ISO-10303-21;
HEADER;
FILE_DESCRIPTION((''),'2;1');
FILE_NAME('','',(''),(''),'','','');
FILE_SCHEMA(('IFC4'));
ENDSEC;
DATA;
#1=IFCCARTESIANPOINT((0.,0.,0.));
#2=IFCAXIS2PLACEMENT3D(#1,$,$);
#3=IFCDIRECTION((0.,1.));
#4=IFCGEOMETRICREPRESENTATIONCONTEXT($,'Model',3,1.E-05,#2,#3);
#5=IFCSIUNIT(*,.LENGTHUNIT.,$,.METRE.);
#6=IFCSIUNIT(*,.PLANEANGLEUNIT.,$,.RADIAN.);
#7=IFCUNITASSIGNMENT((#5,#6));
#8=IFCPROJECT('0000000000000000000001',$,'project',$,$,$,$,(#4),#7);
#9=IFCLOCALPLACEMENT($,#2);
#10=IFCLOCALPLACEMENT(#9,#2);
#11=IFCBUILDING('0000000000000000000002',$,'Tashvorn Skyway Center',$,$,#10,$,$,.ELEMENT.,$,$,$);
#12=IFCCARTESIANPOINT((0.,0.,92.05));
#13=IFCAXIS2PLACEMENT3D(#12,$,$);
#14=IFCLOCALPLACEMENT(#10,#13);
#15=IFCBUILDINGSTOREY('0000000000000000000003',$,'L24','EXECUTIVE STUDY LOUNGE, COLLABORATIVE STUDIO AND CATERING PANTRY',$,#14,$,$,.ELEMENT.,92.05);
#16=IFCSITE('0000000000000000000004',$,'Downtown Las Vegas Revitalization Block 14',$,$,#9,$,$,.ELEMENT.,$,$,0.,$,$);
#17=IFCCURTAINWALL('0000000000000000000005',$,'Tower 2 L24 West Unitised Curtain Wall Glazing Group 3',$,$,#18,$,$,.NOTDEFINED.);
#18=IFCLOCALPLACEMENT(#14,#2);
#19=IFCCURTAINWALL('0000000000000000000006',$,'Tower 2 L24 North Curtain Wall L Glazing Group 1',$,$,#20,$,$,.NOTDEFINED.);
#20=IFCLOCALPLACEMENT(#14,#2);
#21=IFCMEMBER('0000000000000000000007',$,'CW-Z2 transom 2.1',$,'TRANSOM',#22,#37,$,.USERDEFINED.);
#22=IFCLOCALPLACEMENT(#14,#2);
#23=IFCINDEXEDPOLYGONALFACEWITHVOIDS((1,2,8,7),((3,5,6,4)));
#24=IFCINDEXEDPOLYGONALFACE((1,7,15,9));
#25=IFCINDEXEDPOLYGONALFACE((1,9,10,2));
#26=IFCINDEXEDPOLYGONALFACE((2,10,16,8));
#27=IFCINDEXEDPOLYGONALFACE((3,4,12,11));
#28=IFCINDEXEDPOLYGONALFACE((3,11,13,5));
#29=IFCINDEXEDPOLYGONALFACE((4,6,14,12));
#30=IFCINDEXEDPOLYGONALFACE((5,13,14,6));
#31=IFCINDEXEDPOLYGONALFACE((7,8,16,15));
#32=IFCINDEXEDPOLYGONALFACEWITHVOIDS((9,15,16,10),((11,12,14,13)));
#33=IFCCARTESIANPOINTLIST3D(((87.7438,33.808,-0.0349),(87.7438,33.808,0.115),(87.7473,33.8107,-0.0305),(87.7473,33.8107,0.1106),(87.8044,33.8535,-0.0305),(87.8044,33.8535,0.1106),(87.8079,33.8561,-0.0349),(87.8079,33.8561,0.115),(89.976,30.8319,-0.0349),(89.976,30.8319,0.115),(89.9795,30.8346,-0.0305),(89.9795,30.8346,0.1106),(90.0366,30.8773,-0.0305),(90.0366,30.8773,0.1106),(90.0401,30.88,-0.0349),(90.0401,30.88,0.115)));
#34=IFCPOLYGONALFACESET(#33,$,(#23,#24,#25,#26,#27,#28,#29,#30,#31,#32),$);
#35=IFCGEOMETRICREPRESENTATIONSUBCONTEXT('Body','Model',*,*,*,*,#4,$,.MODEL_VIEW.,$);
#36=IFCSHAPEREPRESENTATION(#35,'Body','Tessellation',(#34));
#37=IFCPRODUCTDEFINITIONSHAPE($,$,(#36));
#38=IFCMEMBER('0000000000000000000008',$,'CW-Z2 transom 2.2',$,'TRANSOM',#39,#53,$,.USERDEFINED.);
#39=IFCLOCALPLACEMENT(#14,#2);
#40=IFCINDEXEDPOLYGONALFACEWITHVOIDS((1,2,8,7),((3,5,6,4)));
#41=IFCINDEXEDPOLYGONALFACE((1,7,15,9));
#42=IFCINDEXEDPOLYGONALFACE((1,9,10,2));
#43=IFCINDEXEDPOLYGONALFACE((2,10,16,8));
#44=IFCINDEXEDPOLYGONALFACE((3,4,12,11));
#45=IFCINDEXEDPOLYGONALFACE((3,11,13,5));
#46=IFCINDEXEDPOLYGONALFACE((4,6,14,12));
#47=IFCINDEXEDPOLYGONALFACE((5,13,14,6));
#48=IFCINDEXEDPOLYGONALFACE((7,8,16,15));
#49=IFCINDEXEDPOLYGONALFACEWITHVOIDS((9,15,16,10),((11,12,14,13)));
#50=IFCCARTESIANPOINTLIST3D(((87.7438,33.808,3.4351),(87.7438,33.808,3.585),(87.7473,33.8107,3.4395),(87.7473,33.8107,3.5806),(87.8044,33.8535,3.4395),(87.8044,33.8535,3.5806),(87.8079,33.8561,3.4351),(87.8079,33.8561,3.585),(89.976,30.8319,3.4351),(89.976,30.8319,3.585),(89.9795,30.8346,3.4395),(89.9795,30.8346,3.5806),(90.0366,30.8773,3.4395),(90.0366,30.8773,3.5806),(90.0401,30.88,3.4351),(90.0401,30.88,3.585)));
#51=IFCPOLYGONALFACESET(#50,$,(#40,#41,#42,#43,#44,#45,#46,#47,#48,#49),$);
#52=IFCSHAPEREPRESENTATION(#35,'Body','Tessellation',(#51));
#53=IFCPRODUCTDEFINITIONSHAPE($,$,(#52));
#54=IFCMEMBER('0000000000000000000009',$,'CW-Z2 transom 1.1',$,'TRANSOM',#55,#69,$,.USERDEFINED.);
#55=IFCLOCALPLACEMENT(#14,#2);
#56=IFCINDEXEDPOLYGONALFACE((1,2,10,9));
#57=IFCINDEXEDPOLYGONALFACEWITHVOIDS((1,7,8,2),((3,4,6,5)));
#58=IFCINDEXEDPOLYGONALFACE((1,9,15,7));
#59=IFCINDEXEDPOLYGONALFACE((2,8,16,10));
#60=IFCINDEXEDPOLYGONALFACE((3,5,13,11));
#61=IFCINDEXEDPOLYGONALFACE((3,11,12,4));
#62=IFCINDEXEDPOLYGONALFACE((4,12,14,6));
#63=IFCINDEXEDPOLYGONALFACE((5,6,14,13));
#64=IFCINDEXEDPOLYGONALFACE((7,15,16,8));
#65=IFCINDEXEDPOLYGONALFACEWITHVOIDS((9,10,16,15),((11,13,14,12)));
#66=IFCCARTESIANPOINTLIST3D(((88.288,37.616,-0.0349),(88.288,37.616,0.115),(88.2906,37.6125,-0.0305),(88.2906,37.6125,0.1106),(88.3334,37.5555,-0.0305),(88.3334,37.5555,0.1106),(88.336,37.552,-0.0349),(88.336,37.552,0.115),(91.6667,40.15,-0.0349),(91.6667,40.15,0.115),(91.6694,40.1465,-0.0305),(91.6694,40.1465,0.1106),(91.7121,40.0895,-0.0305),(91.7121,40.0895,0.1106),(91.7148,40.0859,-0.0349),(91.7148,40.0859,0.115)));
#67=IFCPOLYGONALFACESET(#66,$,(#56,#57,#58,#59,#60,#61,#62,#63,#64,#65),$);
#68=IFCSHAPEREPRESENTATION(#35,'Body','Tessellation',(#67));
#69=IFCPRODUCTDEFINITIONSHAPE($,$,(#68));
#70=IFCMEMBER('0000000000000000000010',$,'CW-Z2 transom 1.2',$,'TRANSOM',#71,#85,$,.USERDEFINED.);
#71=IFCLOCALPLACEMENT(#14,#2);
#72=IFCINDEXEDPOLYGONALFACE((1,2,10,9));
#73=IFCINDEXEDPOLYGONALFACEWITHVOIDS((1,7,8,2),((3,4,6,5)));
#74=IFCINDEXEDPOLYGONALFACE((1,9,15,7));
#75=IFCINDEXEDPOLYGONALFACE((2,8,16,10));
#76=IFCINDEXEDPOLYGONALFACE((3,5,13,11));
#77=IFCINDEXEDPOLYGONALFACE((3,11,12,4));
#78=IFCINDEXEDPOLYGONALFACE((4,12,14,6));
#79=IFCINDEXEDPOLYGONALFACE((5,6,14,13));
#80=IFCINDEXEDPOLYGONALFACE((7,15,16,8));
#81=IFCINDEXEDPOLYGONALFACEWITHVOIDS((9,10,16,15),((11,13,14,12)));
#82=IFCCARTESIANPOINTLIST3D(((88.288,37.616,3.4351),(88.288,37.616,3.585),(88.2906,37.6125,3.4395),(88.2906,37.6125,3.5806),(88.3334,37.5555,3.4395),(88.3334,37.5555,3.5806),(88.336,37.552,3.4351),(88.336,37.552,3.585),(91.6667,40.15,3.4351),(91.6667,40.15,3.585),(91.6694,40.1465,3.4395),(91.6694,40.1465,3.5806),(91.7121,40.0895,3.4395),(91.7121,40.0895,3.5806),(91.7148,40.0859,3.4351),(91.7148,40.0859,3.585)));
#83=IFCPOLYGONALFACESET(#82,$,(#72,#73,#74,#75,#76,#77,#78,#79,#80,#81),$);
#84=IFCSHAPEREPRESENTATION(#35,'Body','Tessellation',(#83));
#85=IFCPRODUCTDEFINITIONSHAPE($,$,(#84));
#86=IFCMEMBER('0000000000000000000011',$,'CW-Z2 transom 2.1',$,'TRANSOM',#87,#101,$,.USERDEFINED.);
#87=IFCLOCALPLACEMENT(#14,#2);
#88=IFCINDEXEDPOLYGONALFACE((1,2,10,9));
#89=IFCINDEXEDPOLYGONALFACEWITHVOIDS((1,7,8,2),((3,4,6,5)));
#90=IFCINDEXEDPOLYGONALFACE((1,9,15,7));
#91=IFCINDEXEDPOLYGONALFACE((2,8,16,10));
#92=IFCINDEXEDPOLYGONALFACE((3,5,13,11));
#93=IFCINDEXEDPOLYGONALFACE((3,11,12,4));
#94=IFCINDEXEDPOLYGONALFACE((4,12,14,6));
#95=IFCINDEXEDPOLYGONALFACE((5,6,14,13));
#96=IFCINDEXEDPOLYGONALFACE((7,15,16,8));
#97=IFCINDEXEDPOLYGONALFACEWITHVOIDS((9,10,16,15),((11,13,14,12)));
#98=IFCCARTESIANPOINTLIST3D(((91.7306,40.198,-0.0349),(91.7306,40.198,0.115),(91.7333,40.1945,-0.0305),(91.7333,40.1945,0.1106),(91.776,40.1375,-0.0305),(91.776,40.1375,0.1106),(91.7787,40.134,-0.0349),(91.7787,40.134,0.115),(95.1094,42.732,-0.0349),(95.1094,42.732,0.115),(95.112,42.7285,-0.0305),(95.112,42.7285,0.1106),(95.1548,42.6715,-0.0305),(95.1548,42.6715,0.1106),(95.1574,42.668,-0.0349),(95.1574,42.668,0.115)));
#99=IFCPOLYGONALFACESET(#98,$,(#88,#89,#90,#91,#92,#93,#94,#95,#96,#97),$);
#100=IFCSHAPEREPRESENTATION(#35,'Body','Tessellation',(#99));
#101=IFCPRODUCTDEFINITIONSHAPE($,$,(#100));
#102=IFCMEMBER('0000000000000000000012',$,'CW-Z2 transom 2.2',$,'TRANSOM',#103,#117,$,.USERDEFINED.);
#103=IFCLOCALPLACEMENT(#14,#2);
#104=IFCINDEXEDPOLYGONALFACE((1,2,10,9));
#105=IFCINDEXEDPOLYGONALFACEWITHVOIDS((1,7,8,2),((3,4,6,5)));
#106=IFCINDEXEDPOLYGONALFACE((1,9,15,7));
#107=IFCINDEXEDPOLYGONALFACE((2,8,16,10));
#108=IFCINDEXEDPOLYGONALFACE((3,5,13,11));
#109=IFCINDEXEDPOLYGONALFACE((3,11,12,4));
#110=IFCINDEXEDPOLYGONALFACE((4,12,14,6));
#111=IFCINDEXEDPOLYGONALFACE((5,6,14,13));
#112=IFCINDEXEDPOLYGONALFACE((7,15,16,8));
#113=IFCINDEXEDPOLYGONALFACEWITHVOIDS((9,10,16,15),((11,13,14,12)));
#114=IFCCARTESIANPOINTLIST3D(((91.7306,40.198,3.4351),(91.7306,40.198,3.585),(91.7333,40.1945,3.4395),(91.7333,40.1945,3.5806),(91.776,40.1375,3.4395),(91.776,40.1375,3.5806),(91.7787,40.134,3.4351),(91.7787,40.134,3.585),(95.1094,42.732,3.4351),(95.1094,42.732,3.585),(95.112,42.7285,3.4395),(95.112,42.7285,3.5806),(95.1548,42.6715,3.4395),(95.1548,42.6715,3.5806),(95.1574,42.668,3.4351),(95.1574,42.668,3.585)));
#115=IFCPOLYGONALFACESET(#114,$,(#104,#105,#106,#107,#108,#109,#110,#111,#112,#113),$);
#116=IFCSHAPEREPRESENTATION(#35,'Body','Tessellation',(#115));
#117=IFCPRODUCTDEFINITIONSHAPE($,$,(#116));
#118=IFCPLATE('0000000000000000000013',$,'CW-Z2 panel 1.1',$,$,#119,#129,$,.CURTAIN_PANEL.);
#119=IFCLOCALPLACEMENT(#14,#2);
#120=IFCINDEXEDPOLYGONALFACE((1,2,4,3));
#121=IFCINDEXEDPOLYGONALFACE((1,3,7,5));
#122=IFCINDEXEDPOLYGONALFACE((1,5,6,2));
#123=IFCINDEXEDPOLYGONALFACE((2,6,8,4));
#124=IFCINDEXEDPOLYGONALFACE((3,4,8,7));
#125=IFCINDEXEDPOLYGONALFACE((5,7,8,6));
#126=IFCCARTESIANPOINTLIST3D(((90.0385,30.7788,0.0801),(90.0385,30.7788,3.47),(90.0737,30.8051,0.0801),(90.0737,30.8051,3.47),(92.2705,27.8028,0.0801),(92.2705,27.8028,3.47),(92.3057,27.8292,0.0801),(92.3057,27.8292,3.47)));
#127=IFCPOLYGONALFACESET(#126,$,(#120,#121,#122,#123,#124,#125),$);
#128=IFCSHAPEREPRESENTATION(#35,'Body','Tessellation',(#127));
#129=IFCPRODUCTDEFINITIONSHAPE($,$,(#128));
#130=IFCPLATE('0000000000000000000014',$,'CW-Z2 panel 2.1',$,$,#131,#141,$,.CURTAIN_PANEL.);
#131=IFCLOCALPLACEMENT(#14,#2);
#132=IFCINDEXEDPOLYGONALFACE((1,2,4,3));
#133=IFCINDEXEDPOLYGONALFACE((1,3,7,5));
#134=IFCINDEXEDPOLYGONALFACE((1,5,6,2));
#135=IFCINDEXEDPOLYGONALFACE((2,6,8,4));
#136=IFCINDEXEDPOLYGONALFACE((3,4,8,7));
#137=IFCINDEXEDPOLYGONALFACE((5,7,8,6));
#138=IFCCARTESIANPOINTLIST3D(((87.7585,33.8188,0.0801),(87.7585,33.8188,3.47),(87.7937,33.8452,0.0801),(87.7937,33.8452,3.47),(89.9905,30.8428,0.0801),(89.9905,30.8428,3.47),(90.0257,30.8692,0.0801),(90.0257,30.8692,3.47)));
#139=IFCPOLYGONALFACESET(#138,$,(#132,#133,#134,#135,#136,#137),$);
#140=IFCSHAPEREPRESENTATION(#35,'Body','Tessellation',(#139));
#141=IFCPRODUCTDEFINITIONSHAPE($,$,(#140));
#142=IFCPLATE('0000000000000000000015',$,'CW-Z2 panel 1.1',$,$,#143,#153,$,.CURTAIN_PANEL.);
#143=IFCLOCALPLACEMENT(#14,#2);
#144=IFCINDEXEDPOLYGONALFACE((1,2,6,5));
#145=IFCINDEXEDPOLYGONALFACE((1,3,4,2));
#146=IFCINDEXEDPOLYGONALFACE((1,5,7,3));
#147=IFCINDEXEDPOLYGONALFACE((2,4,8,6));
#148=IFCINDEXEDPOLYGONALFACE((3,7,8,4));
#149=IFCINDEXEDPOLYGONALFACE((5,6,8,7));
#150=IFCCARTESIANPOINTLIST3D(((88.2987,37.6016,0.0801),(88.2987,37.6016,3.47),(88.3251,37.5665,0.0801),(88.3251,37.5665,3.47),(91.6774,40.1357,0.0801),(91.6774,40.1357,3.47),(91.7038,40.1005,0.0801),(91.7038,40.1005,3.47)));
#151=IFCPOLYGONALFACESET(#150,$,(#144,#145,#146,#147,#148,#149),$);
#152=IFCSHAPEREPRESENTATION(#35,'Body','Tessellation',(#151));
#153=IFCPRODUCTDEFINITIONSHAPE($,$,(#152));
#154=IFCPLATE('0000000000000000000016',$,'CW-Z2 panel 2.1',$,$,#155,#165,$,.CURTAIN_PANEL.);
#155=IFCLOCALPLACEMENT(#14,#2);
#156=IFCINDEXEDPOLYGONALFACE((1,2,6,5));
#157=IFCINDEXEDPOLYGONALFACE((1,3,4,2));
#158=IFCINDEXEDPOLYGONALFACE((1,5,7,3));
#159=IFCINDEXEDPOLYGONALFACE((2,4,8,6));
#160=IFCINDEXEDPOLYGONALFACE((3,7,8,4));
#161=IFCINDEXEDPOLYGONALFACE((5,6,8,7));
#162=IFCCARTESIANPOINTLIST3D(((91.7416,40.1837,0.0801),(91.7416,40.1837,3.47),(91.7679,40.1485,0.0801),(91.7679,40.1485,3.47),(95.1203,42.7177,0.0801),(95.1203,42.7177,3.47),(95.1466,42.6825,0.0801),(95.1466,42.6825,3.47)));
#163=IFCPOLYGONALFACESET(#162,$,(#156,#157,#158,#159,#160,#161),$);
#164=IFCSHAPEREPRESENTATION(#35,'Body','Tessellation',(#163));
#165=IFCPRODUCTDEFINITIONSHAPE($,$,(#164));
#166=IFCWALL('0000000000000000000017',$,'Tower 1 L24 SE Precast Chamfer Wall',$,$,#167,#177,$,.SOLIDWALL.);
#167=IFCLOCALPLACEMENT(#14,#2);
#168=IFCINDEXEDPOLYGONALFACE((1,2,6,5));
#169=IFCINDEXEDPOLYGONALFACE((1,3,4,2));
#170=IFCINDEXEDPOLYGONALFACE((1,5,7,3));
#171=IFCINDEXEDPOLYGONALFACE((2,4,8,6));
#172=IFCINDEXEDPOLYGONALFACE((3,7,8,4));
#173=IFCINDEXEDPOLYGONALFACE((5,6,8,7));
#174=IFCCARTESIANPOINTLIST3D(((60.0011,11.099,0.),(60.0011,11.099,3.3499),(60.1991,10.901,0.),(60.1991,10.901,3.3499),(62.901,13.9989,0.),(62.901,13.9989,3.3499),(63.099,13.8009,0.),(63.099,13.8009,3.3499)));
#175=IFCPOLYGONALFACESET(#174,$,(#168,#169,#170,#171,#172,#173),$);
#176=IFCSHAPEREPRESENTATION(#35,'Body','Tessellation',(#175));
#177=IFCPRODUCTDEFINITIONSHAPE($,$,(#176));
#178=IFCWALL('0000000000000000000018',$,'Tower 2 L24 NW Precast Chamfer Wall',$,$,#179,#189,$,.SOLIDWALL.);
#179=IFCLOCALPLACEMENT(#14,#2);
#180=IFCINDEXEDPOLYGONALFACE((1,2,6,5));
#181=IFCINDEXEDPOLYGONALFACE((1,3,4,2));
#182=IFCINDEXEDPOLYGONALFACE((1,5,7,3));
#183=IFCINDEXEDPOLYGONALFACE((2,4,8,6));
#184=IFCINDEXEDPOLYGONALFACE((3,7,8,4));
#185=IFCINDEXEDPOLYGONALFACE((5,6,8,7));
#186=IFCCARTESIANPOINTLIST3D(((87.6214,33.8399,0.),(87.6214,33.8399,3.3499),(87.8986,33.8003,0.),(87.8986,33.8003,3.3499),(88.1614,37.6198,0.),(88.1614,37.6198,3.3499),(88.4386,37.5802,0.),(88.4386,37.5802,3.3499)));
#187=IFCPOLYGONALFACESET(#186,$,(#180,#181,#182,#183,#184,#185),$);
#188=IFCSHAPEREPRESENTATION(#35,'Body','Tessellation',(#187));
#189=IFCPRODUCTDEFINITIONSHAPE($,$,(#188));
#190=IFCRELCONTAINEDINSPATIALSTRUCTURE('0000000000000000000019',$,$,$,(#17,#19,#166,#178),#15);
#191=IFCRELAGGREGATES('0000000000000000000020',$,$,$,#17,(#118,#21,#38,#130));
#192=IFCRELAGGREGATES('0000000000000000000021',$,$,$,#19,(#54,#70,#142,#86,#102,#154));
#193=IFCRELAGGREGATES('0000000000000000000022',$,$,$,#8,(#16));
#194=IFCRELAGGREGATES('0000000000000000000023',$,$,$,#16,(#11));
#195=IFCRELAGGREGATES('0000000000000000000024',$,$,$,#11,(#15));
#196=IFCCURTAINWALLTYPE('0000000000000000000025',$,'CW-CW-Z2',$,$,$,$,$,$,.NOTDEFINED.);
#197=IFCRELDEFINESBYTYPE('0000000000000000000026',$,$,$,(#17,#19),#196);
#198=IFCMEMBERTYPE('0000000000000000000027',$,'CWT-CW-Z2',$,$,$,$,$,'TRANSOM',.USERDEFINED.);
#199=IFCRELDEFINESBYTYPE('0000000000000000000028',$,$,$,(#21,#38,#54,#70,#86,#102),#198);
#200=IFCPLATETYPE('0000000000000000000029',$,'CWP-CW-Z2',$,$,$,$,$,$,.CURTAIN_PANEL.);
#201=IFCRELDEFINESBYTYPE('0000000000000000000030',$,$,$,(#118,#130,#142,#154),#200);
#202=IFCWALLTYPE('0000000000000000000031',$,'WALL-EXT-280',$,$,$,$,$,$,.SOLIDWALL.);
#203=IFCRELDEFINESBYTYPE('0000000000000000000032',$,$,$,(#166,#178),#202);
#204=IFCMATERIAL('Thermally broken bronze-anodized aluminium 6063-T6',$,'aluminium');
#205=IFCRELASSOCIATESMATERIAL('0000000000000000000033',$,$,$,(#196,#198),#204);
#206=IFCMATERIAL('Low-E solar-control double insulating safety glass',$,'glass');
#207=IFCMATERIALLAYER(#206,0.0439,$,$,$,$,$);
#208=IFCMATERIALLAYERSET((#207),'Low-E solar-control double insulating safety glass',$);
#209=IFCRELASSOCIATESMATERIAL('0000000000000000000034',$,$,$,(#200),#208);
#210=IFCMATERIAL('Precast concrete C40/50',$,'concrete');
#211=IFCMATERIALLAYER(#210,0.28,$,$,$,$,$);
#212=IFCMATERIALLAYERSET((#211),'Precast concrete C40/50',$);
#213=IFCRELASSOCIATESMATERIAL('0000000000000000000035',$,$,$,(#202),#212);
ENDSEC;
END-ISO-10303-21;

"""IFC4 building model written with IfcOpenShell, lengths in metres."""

from ifc_helpers import new_model, si_unit, direction, frame, frame_2d, origin, origin_2d, place, context, subcontext, project, spatial, rectangle, hollow_rectangle, extrude, material, layer, layer_set, material_profile, profile_set, type_object, element, aggregate, save


model = new_model("IFC4")

# Units and contexts
model_context = context("Model", 3, precision=1e-05, world=origin(), true_north=direction((0.0, 1.0)))
body_context = subcontext(model_context, "Body", "Model", "MODEL_VIEW")
ifc_project = project(units=[si_unit("LENGTHUNIT", "METRE"), si_unit("PLANEANGLEUNIT", "RADIAN")], contexts=[model_context])

# Site, building, storey
site_placement = place(None, origin())
site = spatial("IfcSite", under=ifc_project, at=site_placement, Name="Downtown Las Vegas Revitalization Block 14", CompositionType="ELEMENT", RefElevation=0.0)
building_placement = place(site_placement, origin())
building = spatial("IfcBuilding", under=site, at=building_placement, Name="Tashvorn Skyway Center", CompositionType="ELEMENT")
storey_placement = place(building_placement, frame((0.0, 0.0, 92.05)))
storey = spatial("IfcBuildingStorey", under=building, at=storey_placement, Name="L24", Description="EXECUTIVE STUDY LOUNGE, COLLABORATIVE STUDIO AND CATERING PANTRY", CompositionType="ELEMENT", Elevation=92.05)

# Curtain walls
ifc_material_1 = material(Name="Thermally broken bronze-anodized aluminium 6063-T6", Category="aluminium")
curtain_wall_type = type_object("IfcCurtainWallType", Name="CW-CW-Z2", PredefinedType="NOTDEFINED", material=ifc_material_1)
curtain_wall_1_placement = place(storey_placement, origin())
curtain_wall_1 = element("IfcCurtainWall", 1, at=curtain_wall_1_placement, inside=storey, type_object=curtain_wall_type, Name="Tower 2 L24 West Unitised Curtain Wall Glazing Group 3", PredefinedType="NOTDEFINED")
curtain_wall_2_placement = place(storey_placement, origin())
curtain_wall_2 = element("IfcCurtainWall", 2, at=curtain_wall_2_placement, inside=storey, type_object=curtain_wall_type, Name="Tower 2 L24 North Curtain Wall L Glazing Group 1", PredefinedType="NOTDEFINED")

# Members
ifc_material_profile_1 = material_profile(ifc_material_1, hollow_rectangle(XDim=0.0801, YDim=0.1499, WallThickness=0.0044, at=origin_2d()), Name="ALU-TRAN-80x150")
ifc_profile_set_1 = profile_set([ifc_material_profile_1], Name="Thermally broken bronze-anodized aluminium 6063-T6")
member_type_1 = type_object("IfcMemberType", Name="CWT-CW-Z2", ElementType="TRANSOM", PredefinedType="USERDEFINED", material=ifc_profile_set_1)
member_1_placement = place(storey_placement, frame((90.0081, 30.856, 0.04), z_axis=(-0.600021, 0.799984, 0.0), x_axis=(-0.799984, -0.600021, 0.0)))
member_1 = element("IfcMember", 3, at=member_1_placement, type_object=member_type_1, Name="CW-Z2 transom 2.1", ObjectType="TRANSOM", PredefinedType="USERDEFINED", context=body_context, shape_type="SweptSolid", body=[
    extrude(hollow_rectangle(XDim=0.0801, YDim=0.1499, WallThickness=0.0044, at=origin_2d()), origin(), (0.0, 0.0, 1.0), 3.7202),
])
member_2_placement = place(storey_placement, frame((90.0081, 30.856, 3.51), z_axis=(-0.600021, 0.799984, 0.0), x_axis=(-0.799984, -0.600021, 0.0)))
member_2 = element("IfcMember", 4, at=member_2_placement, type_object=member_type_1, Name="CW-Z2 transom 2.2", ObjectType="TRANSOM", PredefinedType="USERDEFINED", context=body_context, shape_type="SweptSolid", body=[
    extrude(hollow_rectangle(XDim=0.0801, YDim=0.1499, WallThickness=0.0044, at=origin_2d()), origin(), (0.0, 0.0, 1.0), 3.7202),
])
member_3_placement = place(storey_placement, frame((88.312, 37.584, 0.04), z_axis=(0.800007, 0.599991, 0.0), x_axis=(-0.599991, 0.800007, 0.0)))
member_3 = element("IfcMember", 5, at=member_3_placement, type_object=member_type_1, Name="CW-Z2 transom 1.1", ObjectType="TRANSOM", PredefinedType="USERDEFINED", context=body_context, shape_type="SweptSolid", body=[
    extrude(hollow_rectangle(XDim=0.0801, YDim=0.1499, WallThickness=0.0044, at=origin_2d()), origin(), (0.0, 0.0, 1.0), 4.2234),
])
member_4_placement = place(storey_placement, frame((88.312, 37.584, 3.51), z_axis=(0.800007, 0.599991, 0.0), x_axis=(-0.599991, 0.800007, 0.0)))
member_4 = element("IfcMember", 6, at=member_4_placement, type_object=member_type_1, Name="CW-Z2 transom 1.2", ObjectType="TRANSOM", PredefinedType="USERDEFINED", context=body_context, shape_type="SweptSolid", body=[
    extrude(hollow_rectangle(XDim=0.0801, YDim=0.1499, WallThickness=0.0044, at=origin_2d()), origin(), (0.0, 0.0, 1.0), 4.2234),
])
member_5_placement = place(storey_placement, frame((91.7546, 40.166, 0.04), z_axis=(0.800007, 0.599991, 0.0), x_axis=(-0.599991, 0.800007, 0.0)))
member_5 = element("IfcMember", 7, at=member_5_placement, type_object=member_type_1, Name="CW-Z2 transom 2.1", ObjectType="TRANSOM", PredefinedType="USERDEFINED", context=body_context, shape_type="SweptSolid", body=[
    extrude(hollow_rectangle(XDim=0.0801, YDim=0.1499, WallThickness=0.0044, at=origin_2d()), origin(), (0.0, 0.0, 1.0), 4.2234),
])
member_6_placement = place(storey_placement, frame((91.7546, 40.166, 3.51), z_axis=(0.800007, 0.599991, 0.0), x_axis=(-0.599991, 0.800007, 0.0)))
member_6 = element("IfcMember", 8, at=member_6_placement, type_object=member_type_1, Name="CW-Z2 transom 2.2", ObjectType="TRANSOM", PredefinedType="USERDEFINED", context=body_context, shape_type="SweptSolid", body=[
    extrude(hollow_rectangle(XDim=0.0801, YDim=0.1499, WallThickness=0.0044, at=origin_2d()), origin(), (0.0, 0.0, 1.0), 4.2234),
])

# Plates
ifc_material_2 = material(Name="Low-E solar-control double insulating safety glass", Category="glass")
ifc_layer_1 = layer(ifc_material_2, 0.0439)
ifc_layer_set_1 = layer_set([ifc_layer_1], Name="Low-E solar-control double insulating safety glass")
plate_type = type_object("IfcPlateType", Name="CWP-CW-Z2", PredefinedType="CURTAIN_PANEL", material=ifc_layer_set_1)
plate_1_placement = place(storey_placement, frame((91.1721, 29.304, 0.0801), z_axis=(0.0, 0.0, 1.0), x_axis=(-0.6, 0.8, 0.0)))
plate_1 = element("IfcPlate", 9, at=plate_1_placement, type_object=plate_type, Name="CW-Z2 panel 1.1", PredefinedType="CURTAIN_PANEL", context=body_context, shape_type="SweptSolid", body=[
    extrude(rectangle(XDim=3.72, YDim=0.0439, at=origin_2d()), origin(), (0.0, 0.0, 1.0), 3.3899),
])
plate_2_placement = place(storey_placement, frame((88.8921, 32.344, 0.0801), z_axis=(0.0, 0.0, 1.0), x_axis=(-0.6, 0.8, 0.0)))
plate_2 = element("IfcPlate", 10, at=plate_2_placement, type_object=plate_type, Name="CW-Z2 panel 2.1", PredefinedType="CURTAIN_PANEL", context=body_context, shape_type="SweptSolid", body=[
    extrude(rectangle(XDim=3.72, YDim=0.0439, at=origin_2d()), origin(), (0.0, 0.0, 1.0), 3.3899),
])
aggregate(curtain_wall_1, [plate_1, member_1, member_2, plate_2])
plate_3_placement = place(storey_placement, frame((90.0012, 38.8511, 0.0801), z_axis=(0.0, 0.0, 1.0), x_axis=(0.799999, 0.600002, 0.0)))
plate_3 = element("IfcPlate", 11, at=plate_3_placement, type_object=plate_type, Name="CW-Z2 panel 1.1", PredefinedType="CURTAIN_PANEL", context=body_context, shape_type="SweptSolid", body=[
    extrude(rectangle(XDim=4.2234, YDim=0.0439, at=origin_2d()), origin(), (0.0, 0.0, 1.0), 3.3899),
])
plate_4_placement = place(storey_placement, frame((93.4441, 41.4331, 0.0801), z_axis=(0.0, 0.0, 1.0), x_axis=(0.799999, 0.600002, 0.0)))
plate_4 = element("IfcPlate", 12, at=plate_4_placement, type_object=plate_type, Name="CW-Z2 panel 2.1", PredefinedType="CURTAIN_PANEL", context=body_context, shape_type="SweptSolid", body=[
    extrude(rectangle(XDim=4.2234, YDim=0.0439, at=origin_2d()), origin(), (0.0, 0.0, 1.0), 3.3899),
])
aggregate(curtain_wall_2, [member_3, member_4, plate_3, member_5, member_6, plate_4])

# Walls
ifc_material_3 = material(Name="Precast concrete C40/50", Category="concrete")
ifc_layer_2 = layer(ifc_material_3, 0.28)
ifc_layer_set_2 = layer_set([ifc_layer_2], Name="Precast concrete C40/50")
wall_type_1 = type_object("IfcWallType", Name="WALL-EXT-280", PredefinedType="SOLIDWALL", material=ifc_layer_set_2)
wall_1_placement = place(storey_placement, frame((63.0, 13.8999, 0.0), z_axis=(0.0, 0.0, 1.0), x_axis=(-0.707107, -0.707107, 0.0)))
element("IfcWall", 13, at=wall_1_placement, inside=storey, type_object=wall_type_1, Name="Tower 1 L24 SE Precast Chamfer Wall", PredefinedType="SOLIDWALL", context=body_context, shape_type="SweptSolid", body=[
    extrude(rectangle(XDim=4.1011, YDim=0.28, at=frame_2d((2.0505, 0.0))), origin(), (0.0, 0.0, 1.0), 3.3499),
])
wall_2_placement = place(storey_placement, frame((87.76, 33.8201, 0.0), z_axis=(0.0, 0.0, 1.0), x_axis=(0.14143, 0.989948, 0.0)))
element("IfcWall", 14, at=wall_2_placement, inside=storey, type_object=wall_type_1, Name="Tower 2 L24 NW Precast Chamfer Wall", PredefinedType="SOLIDWALL", context=body_context, shape_type="SweptSolid", body=[
    extrude(rectangle(XDim=3.8184, YDim=0.28, at=frame_2d((1.9092, 0.0))), origin(), (0.0, 0.0, 1.0), 3.3499),
])

save(model, "model.ifc")
